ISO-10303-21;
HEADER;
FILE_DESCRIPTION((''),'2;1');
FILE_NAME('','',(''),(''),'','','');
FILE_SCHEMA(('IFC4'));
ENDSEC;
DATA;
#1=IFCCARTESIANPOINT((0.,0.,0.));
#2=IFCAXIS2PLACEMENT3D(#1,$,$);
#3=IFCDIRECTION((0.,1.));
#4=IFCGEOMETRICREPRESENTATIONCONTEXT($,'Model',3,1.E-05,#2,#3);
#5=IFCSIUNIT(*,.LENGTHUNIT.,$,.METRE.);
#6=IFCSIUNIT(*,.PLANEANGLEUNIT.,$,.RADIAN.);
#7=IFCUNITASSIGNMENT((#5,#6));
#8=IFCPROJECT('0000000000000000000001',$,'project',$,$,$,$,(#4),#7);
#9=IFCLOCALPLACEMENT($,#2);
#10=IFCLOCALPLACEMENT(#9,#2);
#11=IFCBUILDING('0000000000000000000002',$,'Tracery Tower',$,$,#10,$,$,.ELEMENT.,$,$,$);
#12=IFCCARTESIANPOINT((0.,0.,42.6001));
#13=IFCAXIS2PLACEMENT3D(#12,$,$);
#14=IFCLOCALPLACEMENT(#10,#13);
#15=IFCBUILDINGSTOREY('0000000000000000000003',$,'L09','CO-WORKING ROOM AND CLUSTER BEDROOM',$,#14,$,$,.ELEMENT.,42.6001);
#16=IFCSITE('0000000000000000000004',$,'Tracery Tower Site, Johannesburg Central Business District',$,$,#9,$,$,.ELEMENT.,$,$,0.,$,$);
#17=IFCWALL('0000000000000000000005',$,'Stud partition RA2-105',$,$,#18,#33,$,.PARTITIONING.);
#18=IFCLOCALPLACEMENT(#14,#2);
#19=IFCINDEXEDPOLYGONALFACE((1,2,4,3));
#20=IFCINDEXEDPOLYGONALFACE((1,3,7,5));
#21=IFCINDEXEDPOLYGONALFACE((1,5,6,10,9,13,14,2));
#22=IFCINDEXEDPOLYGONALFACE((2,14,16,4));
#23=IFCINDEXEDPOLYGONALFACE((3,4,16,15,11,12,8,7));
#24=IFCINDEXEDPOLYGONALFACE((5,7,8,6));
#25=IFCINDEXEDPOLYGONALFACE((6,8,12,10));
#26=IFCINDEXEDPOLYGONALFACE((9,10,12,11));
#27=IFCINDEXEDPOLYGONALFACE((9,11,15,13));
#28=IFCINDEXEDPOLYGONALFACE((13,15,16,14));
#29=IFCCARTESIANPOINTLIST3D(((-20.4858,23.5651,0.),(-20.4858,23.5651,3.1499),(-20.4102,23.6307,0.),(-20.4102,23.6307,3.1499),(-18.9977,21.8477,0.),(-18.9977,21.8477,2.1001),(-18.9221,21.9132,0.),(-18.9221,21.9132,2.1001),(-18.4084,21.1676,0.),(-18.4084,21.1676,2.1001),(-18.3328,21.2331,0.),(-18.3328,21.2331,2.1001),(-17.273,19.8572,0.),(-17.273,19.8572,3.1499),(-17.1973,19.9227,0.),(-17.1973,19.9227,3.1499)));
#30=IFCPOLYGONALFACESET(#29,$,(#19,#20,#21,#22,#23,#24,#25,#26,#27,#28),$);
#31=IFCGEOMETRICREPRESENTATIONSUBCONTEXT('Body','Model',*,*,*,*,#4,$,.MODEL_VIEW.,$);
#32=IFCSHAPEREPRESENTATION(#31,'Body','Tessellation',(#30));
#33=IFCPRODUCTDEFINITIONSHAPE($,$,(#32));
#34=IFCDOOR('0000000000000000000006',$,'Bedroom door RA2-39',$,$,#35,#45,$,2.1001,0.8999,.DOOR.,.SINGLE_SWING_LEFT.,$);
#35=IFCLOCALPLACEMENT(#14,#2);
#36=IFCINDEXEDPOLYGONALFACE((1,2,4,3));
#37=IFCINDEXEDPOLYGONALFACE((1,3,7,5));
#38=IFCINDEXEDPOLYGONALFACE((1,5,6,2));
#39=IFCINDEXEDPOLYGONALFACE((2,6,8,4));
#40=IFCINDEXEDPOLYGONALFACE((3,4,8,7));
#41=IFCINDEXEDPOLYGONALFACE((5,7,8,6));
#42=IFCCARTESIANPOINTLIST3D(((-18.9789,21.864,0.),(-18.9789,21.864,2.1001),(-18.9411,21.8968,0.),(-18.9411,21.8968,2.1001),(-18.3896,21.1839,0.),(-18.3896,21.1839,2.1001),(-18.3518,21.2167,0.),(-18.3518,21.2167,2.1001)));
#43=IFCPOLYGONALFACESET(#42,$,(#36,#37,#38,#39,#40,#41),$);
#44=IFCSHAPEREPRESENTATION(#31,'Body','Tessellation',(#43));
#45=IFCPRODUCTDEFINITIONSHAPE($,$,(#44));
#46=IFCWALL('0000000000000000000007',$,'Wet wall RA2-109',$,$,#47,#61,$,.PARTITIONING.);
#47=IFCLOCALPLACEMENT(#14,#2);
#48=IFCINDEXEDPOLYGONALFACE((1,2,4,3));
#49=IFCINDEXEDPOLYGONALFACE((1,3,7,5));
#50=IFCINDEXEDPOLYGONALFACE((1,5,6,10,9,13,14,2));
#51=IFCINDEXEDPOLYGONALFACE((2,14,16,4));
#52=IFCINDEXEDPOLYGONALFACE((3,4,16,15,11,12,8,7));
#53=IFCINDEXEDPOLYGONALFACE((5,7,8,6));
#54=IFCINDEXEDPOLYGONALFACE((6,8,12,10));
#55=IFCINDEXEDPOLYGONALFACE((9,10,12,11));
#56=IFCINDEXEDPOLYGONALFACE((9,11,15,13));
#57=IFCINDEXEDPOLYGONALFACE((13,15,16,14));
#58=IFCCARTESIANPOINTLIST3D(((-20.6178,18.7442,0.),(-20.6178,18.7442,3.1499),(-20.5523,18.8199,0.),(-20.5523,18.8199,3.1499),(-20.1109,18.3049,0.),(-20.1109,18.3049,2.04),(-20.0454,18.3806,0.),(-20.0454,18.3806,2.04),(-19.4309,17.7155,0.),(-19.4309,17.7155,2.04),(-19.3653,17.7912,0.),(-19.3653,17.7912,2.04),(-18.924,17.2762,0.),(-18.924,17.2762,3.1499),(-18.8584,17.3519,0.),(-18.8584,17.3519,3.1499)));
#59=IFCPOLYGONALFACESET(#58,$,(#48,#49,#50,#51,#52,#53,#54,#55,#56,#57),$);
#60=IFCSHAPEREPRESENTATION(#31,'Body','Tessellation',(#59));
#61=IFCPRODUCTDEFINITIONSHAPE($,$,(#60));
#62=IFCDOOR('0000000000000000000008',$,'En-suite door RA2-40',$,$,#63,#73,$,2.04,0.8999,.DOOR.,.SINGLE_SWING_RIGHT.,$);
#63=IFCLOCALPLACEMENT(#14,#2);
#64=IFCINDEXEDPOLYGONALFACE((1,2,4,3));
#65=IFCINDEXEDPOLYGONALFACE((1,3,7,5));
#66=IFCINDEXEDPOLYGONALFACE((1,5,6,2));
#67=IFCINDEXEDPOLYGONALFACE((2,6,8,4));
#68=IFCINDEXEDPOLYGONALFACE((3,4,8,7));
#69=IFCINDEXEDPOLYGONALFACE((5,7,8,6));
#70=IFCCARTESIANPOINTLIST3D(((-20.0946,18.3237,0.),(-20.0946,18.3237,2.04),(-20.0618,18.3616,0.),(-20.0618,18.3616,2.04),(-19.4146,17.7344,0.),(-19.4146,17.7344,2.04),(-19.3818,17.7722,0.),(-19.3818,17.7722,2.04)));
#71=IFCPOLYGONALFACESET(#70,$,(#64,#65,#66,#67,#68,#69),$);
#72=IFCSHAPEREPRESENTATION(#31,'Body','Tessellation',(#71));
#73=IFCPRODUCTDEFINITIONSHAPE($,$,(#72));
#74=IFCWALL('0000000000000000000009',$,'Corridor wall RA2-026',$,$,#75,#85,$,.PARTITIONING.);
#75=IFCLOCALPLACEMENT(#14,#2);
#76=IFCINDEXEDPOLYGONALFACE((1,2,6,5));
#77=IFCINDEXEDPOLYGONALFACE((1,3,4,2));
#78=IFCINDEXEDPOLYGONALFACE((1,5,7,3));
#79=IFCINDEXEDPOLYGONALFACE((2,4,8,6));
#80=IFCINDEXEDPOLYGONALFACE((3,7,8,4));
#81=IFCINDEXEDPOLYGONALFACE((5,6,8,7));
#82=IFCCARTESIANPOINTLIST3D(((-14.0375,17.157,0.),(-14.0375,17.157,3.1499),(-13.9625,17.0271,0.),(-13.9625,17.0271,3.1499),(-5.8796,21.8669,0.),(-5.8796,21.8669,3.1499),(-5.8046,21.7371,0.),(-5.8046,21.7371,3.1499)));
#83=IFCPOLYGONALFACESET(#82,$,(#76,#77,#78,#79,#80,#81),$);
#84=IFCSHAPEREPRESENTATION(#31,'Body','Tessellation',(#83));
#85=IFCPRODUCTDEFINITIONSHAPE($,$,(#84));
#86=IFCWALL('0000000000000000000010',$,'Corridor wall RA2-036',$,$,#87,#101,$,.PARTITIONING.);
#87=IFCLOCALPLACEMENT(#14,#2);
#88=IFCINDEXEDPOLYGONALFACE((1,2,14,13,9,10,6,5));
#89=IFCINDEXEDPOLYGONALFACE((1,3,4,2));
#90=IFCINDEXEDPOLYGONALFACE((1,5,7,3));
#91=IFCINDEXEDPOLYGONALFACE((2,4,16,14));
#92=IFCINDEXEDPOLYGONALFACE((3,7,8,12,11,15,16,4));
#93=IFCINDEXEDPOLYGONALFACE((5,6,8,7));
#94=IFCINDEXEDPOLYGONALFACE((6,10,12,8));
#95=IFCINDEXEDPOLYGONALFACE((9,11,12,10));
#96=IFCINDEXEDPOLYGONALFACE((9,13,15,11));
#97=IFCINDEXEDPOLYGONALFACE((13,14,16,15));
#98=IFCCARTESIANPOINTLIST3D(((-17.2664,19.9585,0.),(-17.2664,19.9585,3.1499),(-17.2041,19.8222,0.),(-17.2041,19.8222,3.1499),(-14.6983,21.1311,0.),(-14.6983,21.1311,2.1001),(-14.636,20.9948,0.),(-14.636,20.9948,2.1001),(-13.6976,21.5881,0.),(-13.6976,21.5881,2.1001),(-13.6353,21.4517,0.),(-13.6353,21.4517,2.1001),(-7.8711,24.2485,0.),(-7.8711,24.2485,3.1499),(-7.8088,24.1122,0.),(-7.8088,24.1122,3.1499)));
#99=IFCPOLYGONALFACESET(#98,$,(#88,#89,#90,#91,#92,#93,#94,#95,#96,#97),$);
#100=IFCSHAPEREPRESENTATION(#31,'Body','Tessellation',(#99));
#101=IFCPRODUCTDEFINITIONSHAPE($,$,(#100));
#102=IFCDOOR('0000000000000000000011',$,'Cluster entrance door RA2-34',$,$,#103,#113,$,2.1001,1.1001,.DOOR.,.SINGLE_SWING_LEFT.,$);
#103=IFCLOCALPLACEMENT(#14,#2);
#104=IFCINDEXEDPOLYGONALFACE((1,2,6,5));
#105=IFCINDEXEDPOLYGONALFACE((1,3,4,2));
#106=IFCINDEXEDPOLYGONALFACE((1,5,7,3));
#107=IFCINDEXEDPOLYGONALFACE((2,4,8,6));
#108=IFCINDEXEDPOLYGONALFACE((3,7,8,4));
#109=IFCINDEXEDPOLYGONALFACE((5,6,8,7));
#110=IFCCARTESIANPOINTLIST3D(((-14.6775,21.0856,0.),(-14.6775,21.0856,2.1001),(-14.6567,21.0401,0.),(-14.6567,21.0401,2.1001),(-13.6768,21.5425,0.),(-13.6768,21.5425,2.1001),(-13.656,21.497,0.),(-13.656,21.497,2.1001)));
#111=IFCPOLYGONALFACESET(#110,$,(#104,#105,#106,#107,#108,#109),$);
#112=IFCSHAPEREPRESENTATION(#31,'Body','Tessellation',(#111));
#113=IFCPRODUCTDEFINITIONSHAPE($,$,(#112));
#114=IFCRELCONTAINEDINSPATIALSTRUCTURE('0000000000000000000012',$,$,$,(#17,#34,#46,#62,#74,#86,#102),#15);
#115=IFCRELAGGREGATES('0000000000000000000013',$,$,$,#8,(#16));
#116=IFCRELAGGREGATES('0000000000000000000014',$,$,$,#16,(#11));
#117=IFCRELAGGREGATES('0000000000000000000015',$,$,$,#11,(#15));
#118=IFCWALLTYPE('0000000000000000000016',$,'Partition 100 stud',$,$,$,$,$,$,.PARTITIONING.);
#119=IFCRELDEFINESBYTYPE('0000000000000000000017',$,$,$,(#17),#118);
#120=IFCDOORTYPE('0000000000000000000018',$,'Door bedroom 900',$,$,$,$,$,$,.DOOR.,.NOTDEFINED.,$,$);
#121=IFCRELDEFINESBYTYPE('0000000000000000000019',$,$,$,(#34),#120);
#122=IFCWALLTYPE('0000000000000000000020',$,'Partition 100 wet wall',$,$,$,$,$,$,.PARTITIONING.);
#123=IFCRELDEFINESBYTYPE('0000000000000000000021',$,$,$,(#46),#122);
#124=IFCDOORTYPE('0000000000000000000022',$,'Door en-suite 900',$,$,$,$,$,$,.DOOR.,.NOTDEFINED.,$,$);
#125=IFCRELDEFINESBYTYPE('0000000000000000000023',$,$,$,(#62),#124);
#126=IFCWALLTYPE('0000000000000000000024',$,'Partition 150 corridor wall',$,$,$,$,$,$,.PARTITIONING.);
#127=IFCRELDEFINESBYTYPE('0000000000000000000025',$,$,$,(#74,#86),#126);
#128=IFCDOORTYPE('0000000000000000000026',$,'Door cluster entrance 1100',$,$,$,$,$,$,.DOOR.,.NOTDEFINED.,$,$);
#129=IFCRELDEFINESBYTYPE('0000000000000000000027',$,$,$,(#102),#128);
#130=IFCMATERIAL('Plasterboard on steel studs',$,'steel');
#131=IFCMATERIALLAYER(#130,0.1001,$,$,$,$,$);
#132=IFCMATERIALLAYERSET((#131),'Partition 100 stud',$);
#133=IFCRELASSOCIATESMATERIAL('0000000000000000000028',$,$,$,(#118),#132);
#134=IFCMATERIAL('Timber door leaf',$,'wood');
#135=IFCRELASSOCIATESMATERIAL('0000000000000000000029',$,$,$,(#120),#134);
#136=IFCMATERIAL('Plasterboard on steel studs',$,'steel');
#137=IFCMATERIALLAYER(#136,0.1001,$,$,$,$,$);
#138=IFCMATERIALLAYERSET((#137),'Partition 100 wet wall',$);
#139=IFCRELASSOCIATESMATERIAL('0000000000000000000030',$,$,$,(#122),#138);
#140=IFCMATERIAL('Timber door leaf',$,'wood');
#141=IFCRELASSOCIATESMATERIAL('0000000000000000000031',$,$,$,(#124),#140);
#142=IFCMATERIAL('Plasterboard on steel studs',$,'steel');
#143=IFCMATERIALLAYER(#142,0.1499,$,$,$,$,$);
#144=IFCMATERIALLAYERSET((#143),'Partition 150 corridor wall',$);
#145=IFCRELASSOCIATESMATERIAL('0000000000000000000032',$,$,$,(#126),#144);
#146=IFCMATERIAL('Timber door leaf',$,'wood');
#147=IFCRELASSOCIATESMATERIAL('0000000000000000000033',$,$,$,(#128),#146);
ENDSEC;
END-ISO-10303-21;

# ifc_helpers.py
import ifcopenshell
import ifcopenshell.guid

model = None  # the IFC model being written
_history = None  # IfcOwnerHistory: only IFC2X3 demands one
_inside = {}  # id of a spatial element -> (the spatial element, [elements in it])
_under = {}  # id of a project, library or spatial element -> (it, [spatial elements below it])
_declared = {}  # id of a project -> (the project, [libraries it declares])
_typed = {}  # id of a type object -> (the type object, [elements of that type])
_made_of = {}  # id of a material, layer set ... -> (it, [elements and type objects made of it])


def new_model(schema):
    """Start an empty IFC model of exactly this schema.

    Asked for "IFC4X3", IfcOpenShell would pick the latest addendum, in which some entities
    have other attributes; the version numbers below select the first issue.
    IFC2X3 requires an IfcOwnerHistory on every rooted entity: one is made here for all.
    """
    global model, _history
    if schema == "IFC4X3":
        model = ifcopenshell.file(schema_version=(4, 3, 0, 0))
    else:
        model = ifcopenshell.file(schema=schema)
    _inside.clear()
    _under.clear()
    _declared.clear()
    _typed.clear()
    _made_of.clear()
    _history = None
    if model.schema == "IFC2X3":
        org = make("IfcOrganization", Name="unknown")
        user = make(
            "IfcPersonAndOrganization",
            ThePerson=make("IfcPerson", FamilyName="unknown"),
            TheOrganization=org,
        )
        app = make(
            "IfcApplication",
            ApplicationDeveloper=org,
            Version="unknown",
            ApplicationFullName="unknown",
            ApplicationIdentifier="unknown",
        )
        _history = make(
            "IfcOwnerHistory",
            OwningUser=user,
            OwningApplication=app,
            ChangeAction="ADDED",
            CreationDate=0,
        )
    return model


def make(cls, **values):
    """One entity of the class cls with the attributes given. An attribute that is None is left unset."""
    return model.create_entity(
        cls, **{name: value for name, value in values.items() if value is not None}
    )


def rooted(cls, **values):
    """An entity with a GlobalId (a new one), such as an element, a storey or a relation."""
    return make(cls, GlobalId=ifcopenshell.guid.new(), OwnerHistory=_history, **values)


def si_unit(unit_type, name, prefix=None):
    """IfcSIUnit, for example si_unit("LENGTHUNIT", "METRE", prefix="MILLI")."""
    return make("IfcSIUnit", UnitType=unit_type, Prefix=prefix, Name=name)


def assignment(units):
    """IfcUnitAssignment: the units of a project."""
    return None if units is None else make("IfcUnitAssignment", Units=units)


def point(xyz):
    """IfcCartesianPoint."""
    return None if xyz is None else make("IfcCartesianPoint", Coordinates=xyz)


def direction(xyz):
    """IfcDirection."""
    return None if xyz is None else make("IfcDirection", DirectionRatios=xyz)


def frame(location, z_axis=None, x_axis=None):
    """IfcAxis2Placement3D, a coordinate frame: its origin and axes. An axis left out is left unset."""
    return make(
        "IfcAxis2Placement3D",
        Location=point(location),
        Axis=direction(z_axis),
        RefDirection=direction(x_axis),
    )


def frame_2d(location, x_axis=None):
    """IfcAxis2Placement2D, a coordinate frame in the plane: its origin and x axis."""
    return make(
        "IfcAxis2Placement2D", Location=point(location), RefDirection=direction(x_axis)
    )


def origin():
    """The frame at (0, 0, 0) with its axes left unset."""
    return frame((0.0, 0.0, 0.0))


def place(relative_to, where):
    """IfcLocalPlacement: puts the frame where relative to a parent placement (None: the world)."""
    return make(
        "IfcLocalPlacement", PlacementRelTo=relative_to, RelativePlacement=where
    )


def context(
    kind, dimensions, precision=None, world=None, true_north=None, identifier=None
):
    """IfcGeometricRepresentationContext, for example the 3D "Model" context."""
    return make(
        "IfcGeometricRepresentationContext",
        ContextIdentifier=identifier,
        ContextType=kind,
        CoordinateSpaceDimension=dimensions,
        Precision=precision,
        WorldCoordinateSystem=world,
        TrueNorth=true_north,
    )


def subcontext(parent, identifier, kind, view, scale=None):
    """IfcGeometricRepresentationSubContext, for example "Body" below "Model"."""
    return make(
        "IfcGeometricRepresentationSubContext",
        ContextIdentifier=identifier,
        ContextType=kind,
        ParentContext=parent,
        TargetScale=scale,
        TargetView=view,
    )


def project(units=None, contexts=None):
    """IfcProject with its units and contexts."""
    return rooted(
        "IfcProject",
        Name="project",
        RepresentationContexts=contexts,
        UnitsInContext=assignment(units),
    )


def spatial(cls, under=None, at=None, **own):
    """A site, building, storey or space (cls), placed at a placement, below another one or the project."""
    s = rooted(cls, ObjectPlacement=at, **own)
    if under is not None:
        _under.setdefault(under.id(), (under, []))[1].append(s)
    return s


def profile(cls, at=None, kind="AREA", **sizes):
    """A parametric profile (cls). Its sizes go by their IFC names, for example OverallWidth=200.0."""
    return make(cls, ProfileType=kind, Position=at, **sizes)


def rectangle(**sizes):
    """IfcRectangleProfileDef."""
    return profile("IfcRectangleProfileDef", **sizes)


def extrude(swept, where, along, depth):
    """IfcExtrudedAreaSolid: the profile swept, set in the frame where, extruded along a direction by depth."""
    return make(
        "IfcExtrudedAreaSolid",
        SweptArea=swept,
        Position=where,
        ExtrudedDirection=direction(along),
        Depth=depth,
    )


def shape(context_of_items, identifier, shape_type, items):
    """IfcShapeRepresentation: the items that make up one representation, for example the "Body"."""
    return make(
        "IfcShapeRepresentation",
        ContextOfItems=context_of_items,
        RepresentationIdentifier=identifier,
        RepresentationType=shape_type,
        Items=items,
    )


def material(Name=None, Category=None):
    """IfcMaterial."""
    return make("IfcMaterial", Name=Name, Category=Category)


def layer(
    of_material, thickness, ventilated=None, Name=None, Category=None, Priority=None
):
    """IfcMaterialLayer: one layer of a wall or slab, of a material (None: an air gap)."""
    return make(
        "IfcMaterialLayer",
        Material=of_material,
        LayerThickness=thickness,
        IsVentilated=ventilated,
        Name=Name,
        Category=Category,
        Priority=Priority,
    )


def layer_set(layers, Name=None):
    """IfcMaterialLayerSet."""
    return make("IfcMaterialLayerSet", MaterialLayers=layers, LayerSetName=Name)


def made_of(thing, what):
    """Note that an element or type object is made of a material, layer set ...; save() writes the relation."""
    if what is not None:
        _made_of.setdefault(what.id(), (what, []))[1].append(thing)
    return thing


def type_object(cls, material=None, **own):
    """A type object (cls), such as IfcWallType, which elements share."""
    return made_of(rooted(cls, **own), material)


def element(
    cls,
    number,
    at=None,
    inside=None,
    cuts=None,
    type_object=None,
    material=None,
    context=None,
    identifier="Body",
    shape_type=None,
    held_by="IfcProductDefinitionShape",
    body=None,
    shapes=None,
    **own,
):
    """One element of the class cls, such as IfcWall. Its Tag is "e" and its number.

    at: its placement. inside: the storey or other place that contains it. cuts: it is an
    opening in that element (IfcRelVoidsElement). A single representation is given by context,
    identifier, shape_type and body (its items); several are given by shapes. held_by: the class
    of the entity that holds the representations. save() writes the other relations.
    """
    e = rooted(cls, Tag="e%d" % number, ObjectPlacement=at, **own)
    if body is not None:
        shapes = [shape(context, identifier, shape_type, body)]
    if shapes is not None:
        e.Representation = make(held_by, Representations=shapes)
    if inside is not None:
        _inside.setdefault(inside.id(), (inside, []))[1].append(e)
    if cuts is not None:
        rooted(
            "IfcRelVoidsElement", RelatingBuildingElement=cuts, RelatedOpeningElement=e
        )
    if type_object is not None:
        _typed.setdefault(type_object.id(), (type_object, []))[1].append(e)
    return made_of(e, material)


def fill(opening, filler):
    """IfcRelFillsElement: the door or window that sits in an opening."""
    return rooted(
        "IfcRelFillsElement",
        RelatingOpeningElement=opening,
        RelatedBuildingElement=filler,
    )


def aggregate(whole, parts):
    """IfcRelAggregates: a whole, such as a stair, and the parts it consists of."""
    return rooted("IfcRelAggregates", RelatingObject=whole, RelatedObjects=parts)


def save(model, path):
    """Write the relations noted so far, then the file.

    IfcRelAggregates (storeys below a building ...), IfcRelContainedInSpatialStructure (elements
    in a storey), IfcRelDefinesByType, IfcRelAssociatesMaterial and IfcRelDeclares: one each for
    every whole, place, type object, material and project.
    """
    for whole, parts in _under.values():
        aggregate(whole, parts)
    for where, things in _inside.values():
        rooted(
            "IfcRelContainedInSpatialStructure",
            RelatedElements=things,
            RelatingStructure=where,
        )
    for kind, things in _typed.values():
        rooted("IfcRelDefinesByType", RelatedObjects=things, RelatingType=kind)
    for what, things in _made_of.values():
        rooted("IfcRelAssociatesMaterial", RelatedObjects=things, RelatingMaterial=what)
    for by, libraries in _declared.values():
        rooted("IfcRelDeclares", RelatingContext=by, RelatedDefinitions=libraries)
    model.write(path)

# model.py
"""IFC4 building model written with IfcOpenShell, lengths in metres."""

from ifc_helpers import new_model, si_unit, direction, frame, frame_2d, origin, place, context, subcontext, project, spatial, rectangle, extrude, material, layer, layer_set, type_object, element, fill, save


model = new_model("IFC4")

# Units and contexts
model_context = context("Model", 3, precision=1e-05, world=origin(), true_north=direction((0.0, 1.0)))
body_context = subcontext(model_context, "Body", "Model", "MODEL_VIEW")
ifc_project = project(units=[si_unit("LENGTHUNIT", "METRE"), si_unit("PLANEANGLEUNIT", "RADIAN")], contexts=[model_context])

# Site, building, storey
site_placement = place(None, origin())
site = spatial("IfcSite", under=ifc_project, at=site_placement, Name="Tracery Tower Site, Johannesburg Central Business District", CompositionType="ELEMENT", RefElevation=0.0)
building_placement = place(site_placement, origin())
building = spatial("IfcBuilding", under=site, at=building_placement, Name="Tracery Tower", CompositionType="ELEMENT")
storey_placement = place(building_placement, frame((0.0, 0.0, 42.6001)))
storey = spatial("IfcBuildingStorey", under=building, at=storey_placement, Name="L09", Description="CO-WORKING ROOM AND CLUSTER BEDROOM", CompositionType="ELEMENT", Elevation=42.6001)

# Walls, openings, doors
ifc_material_1 = material(Name="Plasterboard on steel studs", Category="steel")
ifc_layer_1 = layer(ifc_material_1, 0.1001)
ifc_layer_set_1 = layer_set([ifc_layer_1], Name="Partition 100 stud")
wall_type_1 = type_object("IfcWallType", Name="Partition 100 stud", PredefinedType="PARTITIONING", material=ifc_layer_set_1)
wall_1_placement = place(storey_placement, frame((-20.448, 23.5979, 0.0), z_axis=(0.0, 0.0, 1.0), x_axis=(0.654847, -0.755761, 0.0)))
wall_1 = element("IfcWall", 1, at=wall_1_placement, inside=storey, type_object=wall_type_1, Name="Stud partition RA2-105", PredefinedType="PARTITIONING", context=body_context, shape_type="SweptSolid", body=[
    extrude(rectangle(XDim=4.9062, YDim=0.1001, at=frame_2d((2.4531, 0.0))), origin(), (0.0, 0.0, 1.0), 3.1499),
])
opening_1_placement = place(wall_1_placement, frame((2.2725, 0.0, 0.0)))
opening_1 = element("IfcOpeningElement", 2, at=opening_1_placement, cuts=wall_1, PredefinedType="OPENING", context=body_context, shape_type="SweptSolid", body=[
    extrude(rectangle(XDim=0.8999, YDim=2.1001, at=frame_2d((0.45, 1.05))), frame((0.0, 0.05, 0.0), z_axis=(0.0, -1.0, 0.0), x_axis=(1.0, 0.0, 0.0)), (0.0, 0.0, 1.0), 0.1001),
])
ifc_material_2 = material(Name="Timber door leaf", Category="wood")
door_type_1 = type_object("IfcDoorType", Name="Door bedroom 900", OperationType="NOTDEFINED", PredefinedType="DOOR", material=ifc_material_2)
door_1_placement = place(opening_1_placement, origin())
door_1 = element("IfcDoor", 3, at=door_1_placement, inside=storey, type_object=door_type_1, Name="Bedroom door RA2-39", OperationType="SINGLE_SWING_LEFT", OverallHeight=2.1001, OverallWidth=0.8999, PredefinedType="DOOR", context=body_context, shape_type="SweptSolid", body=[
    extrude(rectangle(XDim=0.8999, YDim=2.1001, at=frame_2d((0.45, 1.05))), frame((0.0, 0.0249, 0.0), z_axis=(0.0, -1.0, 0.0), x_axis=(1.0, 0.0, 0.0)), (0.0, 0.0, 1.0), 0.05),
])
fill(opening_1, door_1)
ifc_material_3 = material(Name="Plasterboard on steel studs", Category="steel")
ifc_layer_2 = layer(ifc_material_3, 0.1001)
ifc_layer_set_2 = layer_set([ifc_layer_2], Name="Partition 100 wet wall")
wall_type_2 = type_object("IfcWallType", Name="Partition 100 wet wall", PredefinedType="PARTITIONING", material=ifc_layer_set_2)
wall_2_placement = place(storey_placement, frame((-20.585, 18.782, 0.0), z_axis=(0.0, 0.0, 1.0), x_axis=(0.755685, -0.654935, 0.0)))
wall_2 = element("IfcWall", 4, at=wall_2_placement, inside=storey, type_object=wall_type_2, Name="Wet wall RA2-109", PredefinedType="PARTITIONING", context=body_context, shape_type="SweptSolid", body=[
    extrude(rectangle(XDim=2.2415, YDim=0.1001, at=frame_2d((1.1206, 0.0))), origin(), (0.0, 0.0, 1.0), 3.1499),
])
opening_2_placement = place(wall_2_placement, frame((0.6707, 0.0, 0.0)))
opening_2 = element("IfcOpeningElement", 5, at=opening_2_placement, cuts=wall_2, PredefinedType="OPENING", context=body_context, shape_type="SweptSolid", body=[
    extrude(rectangle(XDim=0.8999, YDim=2.04, at=frame_2d((0.45, 1.02))), frame((0.0, 0.05, 0.0), z_axis=(0.0, -1.0, 0.0), x_axis=(1.0, 0.0, 0.0)), (0.0, 0.0, 1.0), 0.1001),
])
ifc_material_4 = material(Name="Timber door leaf", Category="wood")
door_type_2 = type_object("IfcDoorType", Name="Door en-suite 900", OperationType="NOTDEFINED", PredefinedType="DOOR", material=ifc_material_4)
door_2_placement = place(opening_2_placement, origin())
door_2 = element("IfcDoor", 6, at=door_2_placement, inside=storey, type_object=door_type_2, Name="En-suite door RA2-40", OperationType="SINGLE_SWING_RIGHT", OverallHeight=2.04, OverallWidth=0.8999, PredefinedType="DOOR", context=body_context, shape_type="SweptSolid", body=[
    extrude(rectangle(XDim=0.8999, YDim=2.04, at=frame_2d((0.45, 1.02))), frame((0.0, 0.0249, 0.0), z_axis=(0.0, -1.0, 0.0), x_axis=(1.0, 0.0, 0.0)), (0.0, 0.0, 1.0), 0.05),
])
fill(opening_2, door_2)

# Wall
ifc_material_5 = material(Name="Plasterboard on steel studs", Category="steel")
ifc_layer_3 = layer(ifc_material_5, 0.1499)
ifc_layer_set_3 = layer_set([ifc_layer_3], Name="Partition 150 corridor wall")
wall_type_3 = type_object("IfcWallType", Name="Partition 150 corridor wall", PredefinedType="PARTITIONING", material=ifc_layer_set_3)
wall_3_placement = place(storey_placement, frame((-14.0, 17.092, 0.0), z_axis=(0.0, 0.0, 1.0), x_axis=(0.866027, 0.499997, 0.0)))
element("IfcWall", 7, at=wall_3_placement, inside=storey, type_object=wall_type_3, Name="Corridor wall RA2-026", PredefinedType="PARTITIONING", context=body_context, shape_type="SweptSolid", body=[
    extrude(rectangle(XDim=9.4199, YDim=0.1499, at=frame_2d((4.71, 0.0))), origin(), (0.0, 0.0, 1.0), 3.1499),
])

# Wall, opening, door
wall_4_placement = place(storey_placement, frame((-17.2351, 19.8904, 0.0), z_axis=(0.0, 0.0, 1.0), x_axis=(0.909655, 0.415364, 0.0)))
wall_4 = element("IfcWall", 8, at=wall_4_placement, inside=storey, type_object=wall_type_3, Name="Corridor wall RA2-036", PredefinedType="PARTITIONING", context=body_context, shape_type="SweptSolid", body=[
    extrude(rectangle(XDim=10.3284, YDim=0.1499, at=frame_2d((5.1641, 0.0))), origin(), (0.0, 0.0, 1.0), 3.1499),
])
opening_3_placement = place(wall_4_placement, frame((2.823, 0.0, 0.0)))
opening_3 = element("IfcOpeningElement", 9, at=opening_3_placement, cuts=wall_4, PredefinedType="OPENING", context=body_context, shape_type="SweptSolid", body=[
    extrude(rectangle(XDim=1.1001, YDim=2.1001, at=frame_2d((0.55, 1.05))), frame((0.0, 0.075, 0.0), z_axis=(0.0, -1.0, 0.0), x_axis=(1.0, 0.0, 0.0)), (0.0, 0.0, 1.0), 0.1499),
])
ifc_material_6 = material(Name="Timber door leaf", Category="wood")
door_type_3 = type_object("IfcDoorType", Name="Door cluster entrance 1100", OperationType="NOTDEFINED", PredefinedType="DOOR", material=ifc_material_6)
door_3_placement = place(opening_3_placement, origin())
door_3 = element("IfcDoor", 10, at=door_3_placement, inside=storey, type_object=door_type_3, Name="Cluster entrance door RA2-34", OperationType="SINGLE_SWING_LEFT", OverallHeight=2.1001, OverallWidth=1.1001, PredefinedType="DOOR", context=body_context, shape_type="SweptSolid", body=[
    extrude(rectangle(XDim=1.1001, YDim=2.1001, at=frame_2d((0.55, 1.05))), frame((0.0, 0.0249, 0.0), z_axis=(0.0, -1.0, 0.0), x_axis=(1.0, 0.0, 0.0)), (0.0, 0.0, 1.0), 0.05),
])
fill(opening_3, door_3)

save(model, "model.ifc")
